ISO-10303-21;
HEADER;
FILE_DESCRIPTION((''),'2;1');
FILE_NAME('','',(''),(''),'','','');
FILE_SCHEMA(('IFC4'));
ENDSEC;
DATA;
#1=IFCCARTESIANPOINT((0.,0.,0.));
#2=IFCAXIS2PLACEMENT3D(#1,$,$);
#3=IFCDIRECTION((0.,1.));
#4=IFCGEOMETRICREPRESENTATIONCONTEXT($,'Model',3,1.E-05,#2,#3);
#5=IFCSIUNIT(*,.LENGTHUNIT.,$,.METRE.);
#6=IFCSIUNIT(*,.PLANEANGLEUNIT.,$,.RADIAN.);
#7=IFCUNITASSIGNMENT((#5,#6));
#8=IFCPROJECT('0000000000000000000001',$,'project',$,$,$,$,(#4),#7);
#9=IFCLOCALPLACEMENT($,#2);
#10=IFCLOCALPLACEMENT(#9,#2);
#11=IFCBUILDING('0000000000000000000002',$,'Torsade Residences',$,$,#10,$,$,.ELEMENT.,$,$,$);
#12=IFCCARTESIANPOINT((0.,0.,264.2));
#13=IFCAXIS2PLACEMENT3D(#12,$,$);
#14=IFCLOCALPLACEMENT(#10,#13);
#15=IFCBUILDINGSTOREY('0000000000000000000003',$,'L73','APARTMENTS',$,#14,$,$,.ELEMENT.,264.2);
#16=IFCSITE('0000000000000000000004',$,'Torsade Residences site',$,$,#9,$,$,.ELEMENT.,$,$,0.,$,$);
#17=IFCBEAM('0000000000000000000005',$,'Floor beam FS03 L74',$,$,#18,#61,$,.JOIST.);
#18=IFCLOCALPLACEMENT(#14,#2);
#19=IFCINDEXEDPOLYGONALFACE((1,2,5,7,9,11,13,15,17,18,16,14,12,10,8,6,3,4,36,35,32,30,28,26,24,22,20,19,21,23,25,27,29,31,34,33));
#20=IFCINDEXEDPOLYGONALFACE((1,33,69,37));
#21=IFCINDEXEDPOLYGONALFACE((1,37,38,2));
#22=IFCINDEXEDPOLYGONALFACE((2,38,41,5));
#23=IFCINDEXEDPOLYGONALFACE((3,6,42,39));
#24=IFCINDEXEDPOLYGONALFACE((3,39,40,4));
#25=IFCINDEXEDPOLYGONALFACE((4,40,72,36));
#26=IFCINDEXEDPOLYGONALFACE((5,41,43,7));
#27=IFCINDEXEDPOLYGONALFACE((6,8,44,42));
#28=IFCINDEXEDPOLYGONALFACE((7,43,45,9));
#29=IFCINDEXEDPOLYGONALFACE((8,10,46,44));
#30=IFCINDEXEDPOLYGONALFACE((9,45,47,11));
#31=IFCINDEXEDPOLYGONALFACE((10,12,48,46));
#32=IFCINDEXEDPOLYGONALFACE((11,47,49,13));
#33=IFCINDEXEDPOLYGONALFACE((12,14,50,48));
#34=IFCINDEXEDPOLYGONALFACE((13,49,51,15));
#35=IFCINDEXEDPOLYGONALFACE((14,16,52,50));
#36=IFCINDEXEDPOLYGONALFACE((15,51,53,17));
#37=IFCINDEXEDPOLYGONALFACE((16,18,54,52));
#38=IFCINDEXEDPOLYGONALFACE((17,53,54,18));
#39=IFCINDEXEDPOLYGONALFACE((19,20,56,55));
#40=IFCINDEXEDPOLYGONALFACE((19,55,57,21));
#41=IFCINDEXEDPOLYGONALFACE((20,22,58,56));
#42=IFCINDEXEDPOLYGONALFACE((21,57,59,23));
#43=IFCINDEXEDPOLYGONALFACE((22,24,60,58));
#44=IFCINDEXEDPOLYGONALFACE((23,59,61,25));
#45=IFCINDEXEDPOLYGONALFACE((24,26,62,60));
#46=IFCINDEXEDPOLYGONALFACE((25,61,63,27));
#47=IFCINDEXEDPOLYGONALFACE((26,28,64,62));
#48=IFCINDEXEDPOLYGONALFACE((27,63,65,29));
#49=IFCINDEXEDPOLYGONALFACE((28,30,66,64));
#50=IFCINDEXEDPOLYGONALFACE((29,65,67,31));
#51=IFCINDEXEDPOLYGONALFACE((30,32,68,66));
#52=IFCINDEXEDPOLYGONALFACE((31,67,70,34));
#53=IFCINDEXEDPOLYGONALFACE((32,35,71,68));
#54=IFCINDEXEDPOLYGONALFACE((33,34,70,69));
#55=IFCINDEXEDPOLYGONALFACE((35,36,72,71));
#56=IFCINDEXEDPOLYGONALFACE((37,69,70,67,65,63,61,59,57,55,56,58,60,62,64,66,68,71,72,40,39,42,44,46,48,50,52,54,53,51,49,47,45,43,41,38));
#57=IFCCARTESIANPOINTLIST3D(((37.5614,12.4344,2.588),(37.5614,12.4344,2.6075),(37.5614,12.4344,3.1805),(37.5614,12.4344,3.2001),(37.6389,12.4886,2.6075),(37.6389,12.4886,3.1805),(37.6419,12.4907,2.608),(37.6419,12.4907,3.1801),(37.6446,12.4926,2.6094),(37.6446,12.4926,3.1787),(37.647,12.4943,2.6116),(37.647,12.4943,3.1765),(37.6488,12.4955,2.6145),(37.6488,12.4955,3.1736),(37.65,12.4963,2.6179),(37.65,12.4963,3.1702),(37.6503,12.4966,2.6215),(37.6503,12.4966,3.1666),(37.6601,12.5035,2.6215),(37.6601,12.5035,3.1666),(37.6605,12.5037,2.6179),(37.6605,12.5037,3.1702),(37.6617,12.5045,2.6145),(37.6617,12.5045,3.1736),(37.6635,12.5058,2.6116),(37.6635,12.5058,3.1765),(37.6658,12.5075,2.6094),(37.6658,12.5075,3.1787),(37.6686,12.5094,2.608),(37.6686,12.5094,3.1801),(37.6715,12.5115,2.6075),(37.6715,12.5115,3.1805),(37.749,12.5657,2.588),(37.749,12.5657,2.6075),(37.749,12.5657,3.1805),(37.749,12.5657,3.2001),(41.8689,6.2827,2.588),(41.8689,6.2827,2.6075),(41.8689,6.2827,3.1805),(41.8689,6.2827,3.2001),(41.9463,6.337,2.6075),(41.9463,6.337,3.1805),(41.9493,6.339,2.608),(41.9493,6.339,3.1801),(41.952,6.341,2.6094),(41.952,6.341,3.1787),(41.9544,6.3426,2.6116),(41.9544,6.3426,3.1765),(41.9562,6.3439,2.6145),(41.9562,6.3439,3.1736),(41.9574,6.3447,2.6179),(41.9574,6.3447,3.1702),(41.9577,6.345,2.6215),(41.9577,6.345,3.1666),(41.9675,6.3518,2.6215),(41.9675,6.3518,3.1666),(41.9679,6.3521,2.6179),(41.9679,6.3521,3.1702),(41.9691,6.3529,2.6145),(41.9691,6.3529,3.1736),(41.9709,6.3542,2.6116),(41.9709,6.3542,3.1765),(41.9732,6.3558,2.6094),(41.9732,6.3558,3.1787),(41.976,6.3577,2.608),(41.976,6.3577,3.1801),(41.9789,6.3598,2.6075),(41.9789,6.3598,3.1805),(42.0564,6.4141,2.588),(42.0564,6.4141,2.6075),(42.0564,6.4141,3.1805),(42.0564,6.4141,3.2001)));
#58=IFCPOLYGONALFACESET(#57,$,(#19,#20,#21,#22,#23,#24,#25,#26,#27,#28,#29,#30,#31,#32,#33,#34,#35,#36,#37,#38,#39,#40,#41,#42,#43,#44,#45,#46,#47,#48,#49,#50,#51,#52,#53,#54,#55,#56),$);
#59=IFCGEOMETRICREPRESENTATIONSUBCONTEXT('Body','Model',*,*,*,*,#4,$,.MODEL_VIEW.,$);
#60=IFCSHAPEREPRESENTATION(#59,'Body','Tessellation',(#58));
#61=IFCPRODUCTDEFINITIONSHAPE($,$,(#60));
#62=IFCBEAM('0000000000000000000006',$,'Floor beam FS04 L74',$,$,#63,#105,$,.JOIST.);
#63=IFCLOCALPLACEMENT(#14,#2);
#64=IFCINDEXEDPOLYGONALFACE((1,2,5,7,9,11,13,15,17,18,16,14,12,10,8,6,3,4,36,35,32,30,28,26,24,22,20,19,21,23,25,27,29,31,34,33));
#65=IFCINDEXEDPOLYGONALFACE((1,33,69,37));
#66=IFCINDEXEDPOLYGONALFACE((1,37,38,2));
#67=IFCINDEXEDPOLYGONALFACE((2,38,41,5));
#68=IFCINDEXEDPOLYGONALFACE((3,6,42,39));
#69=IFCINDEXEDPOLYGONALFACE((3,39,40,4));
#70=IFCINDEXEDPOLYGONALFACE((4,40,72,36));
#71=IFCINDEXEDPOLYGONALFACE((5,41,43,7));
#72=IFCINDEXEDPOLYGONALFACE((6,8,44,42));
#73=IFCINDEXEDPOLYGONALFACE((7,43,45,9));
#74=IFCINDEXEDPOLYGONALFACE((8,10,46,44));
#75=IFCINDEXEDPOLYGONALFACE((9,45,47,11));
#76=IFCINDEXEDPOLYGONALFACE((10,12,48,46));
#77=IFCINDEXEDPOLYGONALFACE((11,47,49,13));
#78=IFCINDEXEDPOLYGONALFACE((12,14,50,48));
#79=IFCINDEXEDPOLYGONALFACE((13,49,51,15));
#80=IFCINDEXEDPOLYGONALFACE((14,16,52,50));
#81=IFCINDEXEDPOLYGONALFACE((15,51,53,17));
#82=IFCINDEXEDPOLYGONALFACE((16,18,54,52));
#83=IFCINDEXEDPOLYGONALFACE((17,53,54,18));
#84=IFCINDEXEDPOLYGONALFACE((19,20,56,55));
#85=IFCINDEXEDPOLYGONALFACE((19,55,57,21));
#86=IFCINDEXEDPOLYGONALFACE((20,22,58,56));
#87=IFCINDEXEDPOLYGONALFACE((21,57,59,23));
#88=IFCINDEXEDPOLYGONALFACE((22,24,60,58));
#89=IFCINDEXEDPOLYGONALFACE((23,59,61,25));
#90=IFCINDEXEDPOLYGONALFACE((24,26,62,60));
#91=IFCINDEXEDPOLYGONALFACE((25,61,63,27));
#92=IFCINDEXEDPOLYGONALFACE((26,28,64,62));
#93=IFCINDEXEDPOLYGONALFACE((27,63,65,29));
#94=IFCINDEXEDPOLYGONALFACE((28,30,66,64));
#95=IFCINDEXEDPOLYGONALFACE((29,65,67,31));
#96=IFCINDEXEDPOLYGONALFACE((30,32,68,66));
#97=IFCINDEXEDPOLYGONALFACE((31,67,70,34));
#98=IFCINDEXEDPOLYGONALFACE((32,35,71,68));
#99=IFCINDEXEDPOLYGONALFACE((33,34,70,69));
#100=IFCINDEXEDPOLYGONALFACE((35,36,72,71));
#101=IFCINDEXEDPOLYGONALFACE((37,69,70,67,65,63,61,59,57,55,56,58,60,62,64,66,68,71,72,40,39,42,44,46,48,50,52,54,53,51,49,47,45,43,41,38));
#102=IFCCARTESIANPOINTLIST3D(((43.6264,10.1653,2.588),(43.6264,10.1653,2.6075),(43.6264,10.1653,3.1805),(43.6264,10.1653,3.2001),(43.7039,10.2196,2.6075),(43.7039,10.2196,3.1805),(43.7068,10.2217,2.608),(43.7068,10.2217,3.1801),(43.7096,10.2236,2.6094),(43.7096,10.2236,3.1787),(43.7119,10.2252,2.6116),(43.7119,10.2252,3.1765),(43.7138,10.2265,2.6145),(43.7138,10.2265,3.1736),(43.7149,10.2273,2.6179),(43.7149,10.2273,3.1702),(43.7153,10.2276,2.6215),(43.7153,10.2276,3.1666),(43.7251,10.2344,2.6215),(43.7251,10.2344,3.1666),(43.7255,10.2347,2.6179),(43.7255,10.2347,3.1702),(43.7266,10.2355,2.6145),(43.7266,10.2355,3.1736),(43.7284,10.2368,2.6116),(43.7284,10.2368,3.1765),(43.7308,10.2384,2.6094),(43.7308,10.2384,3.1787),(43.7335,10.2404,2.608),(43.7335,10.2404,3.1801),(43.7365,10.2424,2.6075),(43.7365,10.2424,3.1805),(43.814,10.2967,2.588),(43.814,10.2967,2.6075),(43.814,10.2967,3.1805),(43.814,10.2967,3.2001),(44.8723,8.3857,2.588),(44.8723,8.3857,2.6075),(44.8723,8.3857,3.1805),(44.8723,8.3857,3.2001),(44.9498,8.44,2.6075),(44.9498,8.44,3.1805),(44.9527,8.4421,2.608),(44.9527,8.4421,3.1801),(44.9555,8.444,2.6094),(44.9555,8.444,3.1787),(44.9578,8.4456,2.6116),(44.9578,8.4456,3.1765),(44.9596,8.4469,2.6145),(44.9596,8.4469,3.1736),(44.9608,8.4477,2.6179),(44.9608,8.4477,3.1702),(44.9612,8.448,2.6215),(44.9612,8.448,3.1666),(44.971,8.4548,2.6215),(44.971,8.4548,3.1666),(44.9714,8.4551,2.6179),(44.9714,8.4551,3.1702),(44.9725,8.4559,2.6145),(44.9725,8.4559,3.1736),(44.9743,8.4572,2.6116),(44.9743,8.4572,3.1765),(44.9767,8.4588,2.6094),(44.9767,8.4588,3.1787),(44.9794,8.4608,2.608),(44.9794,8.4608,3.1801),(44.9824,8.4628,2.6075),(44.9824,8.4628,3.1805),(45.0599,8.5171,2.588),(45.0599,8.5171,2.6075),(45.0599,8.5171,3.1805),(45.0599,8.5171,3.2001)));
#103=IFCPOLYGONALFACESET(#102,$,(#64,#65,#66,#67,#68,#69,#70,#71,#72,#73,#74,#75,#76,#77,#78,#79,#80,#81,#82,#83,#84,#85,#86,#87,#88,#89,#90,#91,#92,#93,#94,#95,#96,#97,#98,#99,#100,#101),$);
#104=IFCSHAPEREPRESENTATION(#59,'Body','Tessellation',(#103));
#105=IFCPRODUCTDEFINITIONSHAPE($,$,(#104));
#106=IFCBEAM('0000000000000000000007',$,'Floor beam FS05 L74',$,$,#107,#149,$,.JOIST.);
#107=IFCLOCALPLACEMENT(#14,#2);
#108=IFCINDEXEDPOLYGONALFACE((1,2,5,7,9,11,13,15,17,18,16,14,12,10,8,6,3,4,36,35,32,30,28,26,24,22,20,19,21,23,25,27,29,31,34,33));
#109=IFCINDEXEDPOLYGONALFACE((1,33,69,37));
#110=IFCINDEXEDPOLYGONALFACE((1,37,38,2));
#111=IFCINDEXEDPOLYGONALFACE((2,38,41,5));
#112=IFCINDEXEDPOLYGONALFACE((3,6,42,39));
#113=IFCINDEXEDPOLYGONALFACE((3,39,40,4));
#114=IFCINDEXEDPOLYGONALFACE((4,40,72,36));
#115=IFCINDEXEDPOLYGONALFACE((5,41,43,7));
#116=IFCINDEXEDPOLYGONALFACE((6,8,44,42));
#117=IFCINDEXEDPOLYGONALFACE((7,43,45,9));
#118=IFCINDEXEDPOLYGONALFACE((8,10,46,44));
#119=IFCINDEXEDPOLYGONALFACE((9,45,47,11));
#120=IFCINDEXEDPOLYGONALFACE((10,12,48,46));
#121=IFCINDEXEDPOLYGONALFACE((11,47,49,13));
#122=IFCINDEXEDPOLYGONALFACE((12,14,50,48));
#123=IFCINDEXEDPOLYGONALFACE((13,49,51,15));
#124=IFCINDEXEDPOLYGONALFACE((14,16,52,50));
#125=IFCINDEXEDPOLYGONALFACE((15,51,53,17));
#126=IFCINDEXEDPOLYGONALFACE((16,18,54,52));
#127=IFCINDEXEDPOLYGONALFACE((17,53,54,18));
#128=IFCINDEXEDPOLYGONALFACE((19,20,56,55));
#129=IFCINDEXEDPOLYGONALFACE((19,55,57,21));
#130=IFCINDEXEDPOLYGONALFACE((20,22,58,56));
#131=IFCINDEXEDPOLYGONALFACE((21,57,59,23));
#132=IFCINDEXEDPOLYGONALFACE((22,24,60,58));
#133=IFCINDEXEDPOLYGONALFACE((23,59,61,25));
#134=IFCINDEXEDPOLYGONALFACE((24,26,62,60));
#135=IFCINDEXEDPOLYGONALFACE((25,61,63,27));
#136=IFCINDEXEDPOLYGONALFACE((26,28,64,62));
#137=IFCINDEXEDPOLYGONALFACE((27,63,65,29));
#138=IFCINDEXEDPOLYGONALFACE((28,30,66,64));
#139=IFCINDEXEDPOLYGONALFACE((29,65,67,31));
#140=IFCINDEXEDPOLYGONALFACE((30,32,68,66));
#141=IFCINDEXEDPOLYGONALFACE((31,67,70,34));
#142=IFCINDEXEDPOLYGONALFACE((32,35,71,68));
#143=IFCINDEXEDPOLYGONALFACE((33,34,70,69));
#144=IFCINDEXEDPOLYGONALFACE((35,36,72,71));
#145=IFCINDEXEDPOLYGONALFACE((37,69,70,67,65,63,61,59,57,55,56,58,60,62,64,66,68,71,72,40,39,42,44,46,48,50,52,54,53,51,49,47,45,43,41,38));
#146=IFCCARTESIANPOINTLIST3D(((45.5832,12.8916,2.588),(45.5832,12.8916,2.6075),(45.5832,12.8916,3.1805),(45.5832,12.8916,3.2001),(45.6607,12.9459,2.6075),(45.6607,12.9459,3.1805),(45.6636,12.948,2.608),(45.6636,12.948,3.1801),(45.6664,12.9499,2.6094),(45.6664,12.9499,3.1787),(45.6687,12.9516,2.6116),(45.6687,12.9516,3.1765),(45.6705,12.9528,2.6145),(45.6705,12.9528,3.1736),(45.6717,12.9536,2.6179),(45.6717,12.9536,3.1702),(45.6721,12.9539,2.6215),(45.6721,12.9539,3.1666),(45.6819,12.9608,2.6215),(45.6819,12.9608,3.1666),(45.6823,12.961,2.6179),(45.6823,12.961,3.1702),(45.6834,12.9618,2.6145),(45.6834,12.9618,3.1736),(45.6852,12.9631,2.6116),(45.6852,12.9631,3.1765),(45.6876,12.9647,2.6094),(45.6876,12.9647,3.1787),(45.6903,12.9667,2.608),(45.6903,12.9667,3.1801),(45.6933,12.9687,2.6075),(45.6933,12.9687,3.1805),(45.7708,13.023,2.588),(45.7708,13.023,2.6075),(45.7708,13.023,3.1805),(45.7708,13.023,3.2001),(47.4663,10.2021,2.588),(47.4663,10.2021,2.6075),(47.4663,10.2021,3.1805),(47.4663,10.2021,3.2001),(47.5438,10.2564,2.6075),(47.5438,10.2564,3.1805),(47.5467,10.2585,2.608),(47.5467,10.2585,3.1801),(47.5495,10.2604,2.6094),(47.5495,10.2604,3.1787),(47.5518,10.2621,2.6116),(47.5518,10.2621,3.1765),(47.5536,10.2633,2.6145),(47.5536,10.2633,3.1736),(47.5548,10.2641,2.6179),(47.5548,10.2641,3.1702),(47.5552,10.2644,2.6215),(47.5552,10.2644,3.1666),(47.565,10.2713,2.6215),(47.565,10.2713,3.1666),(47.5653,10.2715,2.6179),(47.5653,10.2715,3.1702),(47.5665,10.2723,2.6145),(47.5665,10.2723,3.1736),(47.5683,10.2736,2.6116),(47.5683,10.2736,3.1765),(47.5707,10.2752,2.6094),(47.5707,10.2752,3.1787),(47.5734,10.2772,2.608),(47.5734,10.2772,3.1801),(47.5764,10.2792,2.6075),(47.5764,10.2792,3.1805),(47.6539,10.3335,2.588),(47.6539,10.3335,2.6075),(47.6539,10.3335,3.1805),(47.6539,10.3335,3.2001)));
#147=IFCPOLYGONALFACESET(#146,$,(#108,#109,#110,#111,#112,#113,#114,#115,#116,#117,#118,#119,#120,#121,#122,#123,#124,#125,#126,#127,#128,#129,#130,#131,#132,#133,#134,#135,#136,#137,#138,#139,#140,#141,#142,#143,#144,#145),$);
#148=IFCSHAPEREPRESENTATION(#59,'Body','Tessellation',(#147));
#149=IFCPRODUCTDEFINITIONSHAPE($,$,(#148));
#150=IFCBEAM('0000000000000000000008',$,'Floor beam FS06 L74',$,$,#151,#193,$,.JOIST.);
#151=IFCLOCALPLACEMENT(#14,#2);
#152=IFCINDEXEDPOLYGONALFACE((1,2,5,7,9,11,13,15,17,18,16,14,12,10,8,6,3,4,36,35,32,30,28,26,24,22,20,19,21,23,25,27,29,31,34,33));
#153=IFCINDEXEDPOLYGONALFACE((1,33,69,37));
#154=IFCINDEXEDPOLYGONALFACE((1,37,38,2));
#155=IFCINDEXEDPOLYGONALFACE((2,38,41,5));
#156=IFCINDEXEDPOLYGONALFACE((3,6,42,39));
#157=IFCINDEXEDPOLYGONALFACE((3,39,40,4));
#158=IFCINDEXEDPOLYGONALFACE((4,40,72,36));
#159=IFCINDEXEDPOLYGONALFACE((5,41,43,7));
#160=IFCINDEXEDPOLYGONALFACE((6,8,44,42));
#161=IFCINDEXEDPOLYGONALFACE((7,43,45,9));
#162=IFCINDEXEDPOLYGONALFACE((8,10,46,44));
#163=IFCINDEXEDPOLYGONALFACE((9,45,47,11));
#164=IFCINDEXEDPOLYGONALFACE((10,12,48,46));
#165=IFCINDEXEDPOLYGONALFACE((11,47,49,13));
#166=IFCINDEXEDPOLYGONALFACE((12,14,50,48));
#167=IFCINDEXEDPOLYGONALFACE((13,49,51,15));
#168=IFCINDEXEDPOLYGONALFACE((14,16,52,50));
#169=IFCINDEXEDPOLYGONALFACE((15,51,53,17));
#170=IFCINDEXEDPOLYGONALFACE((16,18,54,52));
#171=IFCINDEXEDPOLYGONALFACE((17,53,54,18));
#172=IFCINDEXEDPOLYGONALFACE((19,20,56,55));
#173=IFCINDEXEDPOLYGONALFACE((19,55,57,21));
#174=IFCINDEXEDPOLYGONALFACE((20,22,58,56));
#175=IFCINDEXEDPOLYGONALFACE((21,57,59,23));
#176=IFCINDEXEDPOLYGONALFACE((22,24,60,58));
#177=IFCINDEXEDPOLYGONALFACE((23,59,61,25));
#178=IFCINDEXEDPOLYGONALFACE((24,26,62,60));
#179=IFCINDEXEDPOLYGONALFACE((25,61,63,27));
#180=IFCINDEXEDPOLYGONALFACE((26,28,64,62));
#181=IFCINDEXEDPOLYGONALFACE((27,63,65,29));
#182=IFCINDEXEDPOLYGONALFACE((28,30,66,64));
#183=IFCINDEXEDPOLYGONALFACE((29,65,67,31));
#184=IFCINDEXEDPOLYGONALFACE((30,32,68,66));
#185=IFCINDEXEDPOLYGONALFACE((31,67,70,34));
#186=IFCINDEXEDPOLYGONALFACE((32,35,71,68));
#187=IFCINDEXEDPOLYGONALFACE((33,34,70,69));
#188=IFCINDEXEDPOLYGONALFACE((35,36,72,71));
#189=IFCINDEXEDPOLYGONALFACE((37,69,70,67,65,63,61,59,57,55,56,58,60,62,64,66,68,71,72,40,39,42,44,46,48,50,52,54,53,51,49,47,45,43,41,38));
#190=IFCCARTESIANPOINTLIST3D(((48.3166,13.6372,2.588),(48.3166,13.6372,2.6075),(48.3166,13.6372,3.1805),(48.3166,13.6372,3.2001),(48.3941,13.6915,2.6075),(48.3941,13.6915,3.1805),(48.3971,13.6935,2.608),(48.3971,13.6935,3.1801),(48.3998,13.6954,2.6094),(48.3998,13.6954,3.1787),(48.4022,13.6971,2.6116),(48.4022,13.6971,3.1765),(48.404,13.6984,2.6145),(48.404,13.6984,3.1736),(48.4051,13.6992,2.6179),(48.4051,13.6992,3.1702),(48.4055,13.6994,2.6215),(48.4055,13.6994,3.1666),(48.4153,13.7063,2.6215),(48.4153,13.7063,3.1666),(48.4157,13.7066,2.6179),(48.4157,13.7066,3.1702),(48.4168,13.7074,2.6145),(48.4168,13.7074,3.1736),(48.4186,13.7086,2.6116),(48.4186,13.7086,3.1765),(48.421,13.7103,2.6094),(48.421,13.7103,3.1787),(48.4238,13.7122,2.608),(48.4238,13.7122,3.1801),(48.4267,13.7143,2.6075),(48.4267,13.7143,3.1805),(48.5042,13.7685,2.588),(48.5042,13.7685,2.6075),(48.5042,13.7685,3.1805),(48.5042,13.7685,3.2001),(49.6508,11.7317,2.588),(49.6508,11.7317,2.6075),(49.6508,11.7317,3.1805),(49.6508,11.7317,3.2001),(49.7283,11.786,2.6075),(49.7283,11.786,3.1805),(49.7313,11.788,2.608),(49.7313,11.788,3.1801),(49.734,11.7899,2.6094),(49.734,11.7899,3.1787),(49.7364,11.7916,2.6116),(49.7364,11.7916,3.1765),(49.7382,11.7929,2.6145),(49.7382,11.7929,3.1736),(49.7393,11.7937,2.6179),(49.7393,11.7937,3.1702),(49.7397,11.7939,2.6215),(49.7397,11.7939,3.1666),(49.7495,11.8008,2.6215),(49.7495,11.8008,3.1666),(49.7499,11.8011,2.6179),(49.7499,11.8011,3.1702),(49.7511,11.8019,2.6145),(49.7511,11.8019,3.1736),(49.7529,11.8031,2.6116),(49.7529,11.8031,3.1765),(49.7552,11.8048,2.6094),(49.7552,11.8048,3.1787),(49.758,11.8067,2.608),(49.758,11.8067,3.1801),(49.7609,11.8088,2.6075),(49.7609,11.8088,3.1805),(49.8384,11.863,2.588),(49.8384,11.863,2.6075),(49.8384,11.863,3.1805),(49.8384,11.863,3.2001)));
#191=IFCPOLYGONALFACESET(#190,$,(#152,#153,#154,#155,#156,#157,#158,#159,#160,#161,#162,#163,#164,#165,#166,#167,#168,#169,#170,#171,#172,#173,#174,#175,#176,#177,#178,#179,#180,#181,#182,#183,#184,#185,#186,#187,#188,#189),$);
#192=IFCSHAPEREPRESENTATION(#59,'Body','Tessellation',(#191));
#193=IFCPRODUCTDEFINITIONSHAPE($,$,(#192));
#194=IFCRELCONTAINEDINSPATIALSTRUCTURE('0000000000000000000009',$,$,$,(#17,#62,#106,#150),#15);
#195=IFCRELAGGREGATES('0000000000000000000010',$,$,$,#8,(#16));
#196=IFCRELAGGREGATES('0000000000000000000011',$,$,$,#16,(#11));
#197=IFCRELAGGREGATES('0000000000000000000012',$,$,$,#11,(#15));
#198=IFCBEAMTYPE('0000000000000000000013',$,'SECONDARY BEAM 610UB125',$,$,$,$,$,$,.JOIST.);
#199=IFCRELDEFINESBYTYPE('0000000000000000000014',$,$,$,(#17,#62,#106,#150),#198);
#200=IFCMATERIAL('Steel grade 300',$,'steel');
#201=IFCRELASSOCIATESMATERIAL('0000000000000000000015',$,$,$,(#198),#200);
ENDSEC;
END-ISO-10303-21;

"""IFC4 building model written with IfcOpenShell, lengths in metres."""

from ifc_helpers import new_model, si_unit, direction, frame, origin, origin_2d, place, context, subcontext, project, spatial, i_section, extrude, material, material_profile, profile_set, type_object, element, save


model = new_model("IFC4")

# Units and contexts
model_context = context("Model", 3, precision=1e-05, world=origin(), true_north=direction((0.0, 1.0)))
body_context = subcontext(model_context, "Body", "Model", "MODEL_VIEW")
ifc_project = project(units=[si_unit("LENGTHUNIT", "METRE"), si_unit("PLANEANGLEUNIT", "RADIAN")], contexts=[model_context])

# Site, building, storey
site_placement = place(None, origin())
site = spatial("IfcSite", under=ifc_project, at=site_placement, Name="Torsade Residences site", CompositionType="ELEMENT", RefElevation=0.0)
building_placement = place(site_placement, origin())
building = spatial("IfcBuilding", under=site, at=building_placement, Name="Torsade Residences", CompositionType="ELEMENT")
storey_placement = place(building_placement, frame((0.0, 0.0, 264.2)))
storey = spatial("IfcBuildingStorey", under=building, at=storey_placement, Name="L73", Description="APARTMENTS", CompositionType="ELEMENT", Elevation=264.2)

# Beams
ifc_material_1 = material(Name="Steel grade 300", Category="steel")
ifc_material_profile_1 = material_profile(ifc_material_1, i_section(OverallWidth=0.229, OverallDepth=0.6121, WebThickness=0.012, FlangeThickness=0.0195, FilletRadius=0.0139, at=origin_2d()), Name="610UB125")
ifc_profile_set_1 = profile_set([ifc_material_profile_1], Name="Steel grade 300")
beam_type_1 = type_object("IfcBeamType", Name="SECONDARY BEAM 610UB125", PredefinedType="JOIST", material=ifc_profile_set_1)
beam_1_placement = place(storey_placement, frame((41.9626, 6.3484, 2.894), z_axis=(-0.573574, 0.819154, 0.0), x_axis=(-0.819154, -0.573574, 0.0)))
element("IfcBeam", 1, at=beam_1_placement, inside=storey, type_object=beam_type_1, Name="Floor beam FS03 L74", PredefinedType="JOIST", context=body_context, shape_type="SweptSolid", body=[
    extrude(i_section(OverallWidth=0.229, OverallDepth=0.6121, WebThickness=0.012, FlangeThickness=0.0195, FilletRadius=0.0139, at=origin_2d()), origin(), (0.0, 0.0, 1.0), 7.5098),
])
beam_2_placement = place(storey_placement, frame((44.9661, 8.4514, 2.894), z_axis=(-0.573515, 0.819195, 0.0), x_axis=(-0.819195, -0.573515, 0.0)))
element("IfcBeam", 2, at=beam_2_placement, inside=storey, type_object=beam_type_1, Name="Floor beam FS04 L74", PredefinedType="JOIST", context=body_context, shape_type="SweptSolid", body=[
    extrude(i_section(OverallWidth=0.229, OverallDepth=0.6121, WebThickness=0.012, FlangeThickness=0.0195, FilletRadius=0.0139, at=origin_2d()), origin(), (0.0, 0.0, 1.0), 2.1724),
])
beam_3_placement = place(storey_placement, frame((47.5601, 10.2678, 2.894), z_axis=(-0.573552, 0.819169, 0.0), x_axis=(-0.819169, -0.573552, 0.0)))
element("IfcBeam", 3, at=beam_3_placement, inside=storey, type_object=beam_type_1, Name="Floor beam FS05 L74", PredefinedType="JOIST", context=body_context, shape_type="SweptSolid", body=[
    extrude(i_section(OverallWidth=0.229, OverallDepth=0.6121, WebThickness=0.012, FlangeThickness=0.0195, FilletRadius=0.0139, at=origin_2d()), origin(), (0.0, 0.0, 1.0), 3.2832),
])
beam_4_placement = place(storey_placement, frame((49.7446, 11.7974, 2.894), z_axis=(-0.573568, 0.819158, 0.0), x_axis=(-0.819158, -0.573568, 0.0)))
element("IfcBeam", 4, at=beam_4_placement, inside=storey, type_object=beam_type_1, Name="Floor beam FS06 L74", PredefinedType="JOIST", context=body_context, shape_type="SweptSolid", body=[
    extrude(i_section(OverallWidth=0.229, OverallDepth=0.6121, WebThickness=0.012, FlangeThickness=0.0195, FilletRadius=0.0139, at=origin_2d()), origin(), (0.0, 0.0, 1.0), 2.3262),
])

save(model, "model.ifc")
